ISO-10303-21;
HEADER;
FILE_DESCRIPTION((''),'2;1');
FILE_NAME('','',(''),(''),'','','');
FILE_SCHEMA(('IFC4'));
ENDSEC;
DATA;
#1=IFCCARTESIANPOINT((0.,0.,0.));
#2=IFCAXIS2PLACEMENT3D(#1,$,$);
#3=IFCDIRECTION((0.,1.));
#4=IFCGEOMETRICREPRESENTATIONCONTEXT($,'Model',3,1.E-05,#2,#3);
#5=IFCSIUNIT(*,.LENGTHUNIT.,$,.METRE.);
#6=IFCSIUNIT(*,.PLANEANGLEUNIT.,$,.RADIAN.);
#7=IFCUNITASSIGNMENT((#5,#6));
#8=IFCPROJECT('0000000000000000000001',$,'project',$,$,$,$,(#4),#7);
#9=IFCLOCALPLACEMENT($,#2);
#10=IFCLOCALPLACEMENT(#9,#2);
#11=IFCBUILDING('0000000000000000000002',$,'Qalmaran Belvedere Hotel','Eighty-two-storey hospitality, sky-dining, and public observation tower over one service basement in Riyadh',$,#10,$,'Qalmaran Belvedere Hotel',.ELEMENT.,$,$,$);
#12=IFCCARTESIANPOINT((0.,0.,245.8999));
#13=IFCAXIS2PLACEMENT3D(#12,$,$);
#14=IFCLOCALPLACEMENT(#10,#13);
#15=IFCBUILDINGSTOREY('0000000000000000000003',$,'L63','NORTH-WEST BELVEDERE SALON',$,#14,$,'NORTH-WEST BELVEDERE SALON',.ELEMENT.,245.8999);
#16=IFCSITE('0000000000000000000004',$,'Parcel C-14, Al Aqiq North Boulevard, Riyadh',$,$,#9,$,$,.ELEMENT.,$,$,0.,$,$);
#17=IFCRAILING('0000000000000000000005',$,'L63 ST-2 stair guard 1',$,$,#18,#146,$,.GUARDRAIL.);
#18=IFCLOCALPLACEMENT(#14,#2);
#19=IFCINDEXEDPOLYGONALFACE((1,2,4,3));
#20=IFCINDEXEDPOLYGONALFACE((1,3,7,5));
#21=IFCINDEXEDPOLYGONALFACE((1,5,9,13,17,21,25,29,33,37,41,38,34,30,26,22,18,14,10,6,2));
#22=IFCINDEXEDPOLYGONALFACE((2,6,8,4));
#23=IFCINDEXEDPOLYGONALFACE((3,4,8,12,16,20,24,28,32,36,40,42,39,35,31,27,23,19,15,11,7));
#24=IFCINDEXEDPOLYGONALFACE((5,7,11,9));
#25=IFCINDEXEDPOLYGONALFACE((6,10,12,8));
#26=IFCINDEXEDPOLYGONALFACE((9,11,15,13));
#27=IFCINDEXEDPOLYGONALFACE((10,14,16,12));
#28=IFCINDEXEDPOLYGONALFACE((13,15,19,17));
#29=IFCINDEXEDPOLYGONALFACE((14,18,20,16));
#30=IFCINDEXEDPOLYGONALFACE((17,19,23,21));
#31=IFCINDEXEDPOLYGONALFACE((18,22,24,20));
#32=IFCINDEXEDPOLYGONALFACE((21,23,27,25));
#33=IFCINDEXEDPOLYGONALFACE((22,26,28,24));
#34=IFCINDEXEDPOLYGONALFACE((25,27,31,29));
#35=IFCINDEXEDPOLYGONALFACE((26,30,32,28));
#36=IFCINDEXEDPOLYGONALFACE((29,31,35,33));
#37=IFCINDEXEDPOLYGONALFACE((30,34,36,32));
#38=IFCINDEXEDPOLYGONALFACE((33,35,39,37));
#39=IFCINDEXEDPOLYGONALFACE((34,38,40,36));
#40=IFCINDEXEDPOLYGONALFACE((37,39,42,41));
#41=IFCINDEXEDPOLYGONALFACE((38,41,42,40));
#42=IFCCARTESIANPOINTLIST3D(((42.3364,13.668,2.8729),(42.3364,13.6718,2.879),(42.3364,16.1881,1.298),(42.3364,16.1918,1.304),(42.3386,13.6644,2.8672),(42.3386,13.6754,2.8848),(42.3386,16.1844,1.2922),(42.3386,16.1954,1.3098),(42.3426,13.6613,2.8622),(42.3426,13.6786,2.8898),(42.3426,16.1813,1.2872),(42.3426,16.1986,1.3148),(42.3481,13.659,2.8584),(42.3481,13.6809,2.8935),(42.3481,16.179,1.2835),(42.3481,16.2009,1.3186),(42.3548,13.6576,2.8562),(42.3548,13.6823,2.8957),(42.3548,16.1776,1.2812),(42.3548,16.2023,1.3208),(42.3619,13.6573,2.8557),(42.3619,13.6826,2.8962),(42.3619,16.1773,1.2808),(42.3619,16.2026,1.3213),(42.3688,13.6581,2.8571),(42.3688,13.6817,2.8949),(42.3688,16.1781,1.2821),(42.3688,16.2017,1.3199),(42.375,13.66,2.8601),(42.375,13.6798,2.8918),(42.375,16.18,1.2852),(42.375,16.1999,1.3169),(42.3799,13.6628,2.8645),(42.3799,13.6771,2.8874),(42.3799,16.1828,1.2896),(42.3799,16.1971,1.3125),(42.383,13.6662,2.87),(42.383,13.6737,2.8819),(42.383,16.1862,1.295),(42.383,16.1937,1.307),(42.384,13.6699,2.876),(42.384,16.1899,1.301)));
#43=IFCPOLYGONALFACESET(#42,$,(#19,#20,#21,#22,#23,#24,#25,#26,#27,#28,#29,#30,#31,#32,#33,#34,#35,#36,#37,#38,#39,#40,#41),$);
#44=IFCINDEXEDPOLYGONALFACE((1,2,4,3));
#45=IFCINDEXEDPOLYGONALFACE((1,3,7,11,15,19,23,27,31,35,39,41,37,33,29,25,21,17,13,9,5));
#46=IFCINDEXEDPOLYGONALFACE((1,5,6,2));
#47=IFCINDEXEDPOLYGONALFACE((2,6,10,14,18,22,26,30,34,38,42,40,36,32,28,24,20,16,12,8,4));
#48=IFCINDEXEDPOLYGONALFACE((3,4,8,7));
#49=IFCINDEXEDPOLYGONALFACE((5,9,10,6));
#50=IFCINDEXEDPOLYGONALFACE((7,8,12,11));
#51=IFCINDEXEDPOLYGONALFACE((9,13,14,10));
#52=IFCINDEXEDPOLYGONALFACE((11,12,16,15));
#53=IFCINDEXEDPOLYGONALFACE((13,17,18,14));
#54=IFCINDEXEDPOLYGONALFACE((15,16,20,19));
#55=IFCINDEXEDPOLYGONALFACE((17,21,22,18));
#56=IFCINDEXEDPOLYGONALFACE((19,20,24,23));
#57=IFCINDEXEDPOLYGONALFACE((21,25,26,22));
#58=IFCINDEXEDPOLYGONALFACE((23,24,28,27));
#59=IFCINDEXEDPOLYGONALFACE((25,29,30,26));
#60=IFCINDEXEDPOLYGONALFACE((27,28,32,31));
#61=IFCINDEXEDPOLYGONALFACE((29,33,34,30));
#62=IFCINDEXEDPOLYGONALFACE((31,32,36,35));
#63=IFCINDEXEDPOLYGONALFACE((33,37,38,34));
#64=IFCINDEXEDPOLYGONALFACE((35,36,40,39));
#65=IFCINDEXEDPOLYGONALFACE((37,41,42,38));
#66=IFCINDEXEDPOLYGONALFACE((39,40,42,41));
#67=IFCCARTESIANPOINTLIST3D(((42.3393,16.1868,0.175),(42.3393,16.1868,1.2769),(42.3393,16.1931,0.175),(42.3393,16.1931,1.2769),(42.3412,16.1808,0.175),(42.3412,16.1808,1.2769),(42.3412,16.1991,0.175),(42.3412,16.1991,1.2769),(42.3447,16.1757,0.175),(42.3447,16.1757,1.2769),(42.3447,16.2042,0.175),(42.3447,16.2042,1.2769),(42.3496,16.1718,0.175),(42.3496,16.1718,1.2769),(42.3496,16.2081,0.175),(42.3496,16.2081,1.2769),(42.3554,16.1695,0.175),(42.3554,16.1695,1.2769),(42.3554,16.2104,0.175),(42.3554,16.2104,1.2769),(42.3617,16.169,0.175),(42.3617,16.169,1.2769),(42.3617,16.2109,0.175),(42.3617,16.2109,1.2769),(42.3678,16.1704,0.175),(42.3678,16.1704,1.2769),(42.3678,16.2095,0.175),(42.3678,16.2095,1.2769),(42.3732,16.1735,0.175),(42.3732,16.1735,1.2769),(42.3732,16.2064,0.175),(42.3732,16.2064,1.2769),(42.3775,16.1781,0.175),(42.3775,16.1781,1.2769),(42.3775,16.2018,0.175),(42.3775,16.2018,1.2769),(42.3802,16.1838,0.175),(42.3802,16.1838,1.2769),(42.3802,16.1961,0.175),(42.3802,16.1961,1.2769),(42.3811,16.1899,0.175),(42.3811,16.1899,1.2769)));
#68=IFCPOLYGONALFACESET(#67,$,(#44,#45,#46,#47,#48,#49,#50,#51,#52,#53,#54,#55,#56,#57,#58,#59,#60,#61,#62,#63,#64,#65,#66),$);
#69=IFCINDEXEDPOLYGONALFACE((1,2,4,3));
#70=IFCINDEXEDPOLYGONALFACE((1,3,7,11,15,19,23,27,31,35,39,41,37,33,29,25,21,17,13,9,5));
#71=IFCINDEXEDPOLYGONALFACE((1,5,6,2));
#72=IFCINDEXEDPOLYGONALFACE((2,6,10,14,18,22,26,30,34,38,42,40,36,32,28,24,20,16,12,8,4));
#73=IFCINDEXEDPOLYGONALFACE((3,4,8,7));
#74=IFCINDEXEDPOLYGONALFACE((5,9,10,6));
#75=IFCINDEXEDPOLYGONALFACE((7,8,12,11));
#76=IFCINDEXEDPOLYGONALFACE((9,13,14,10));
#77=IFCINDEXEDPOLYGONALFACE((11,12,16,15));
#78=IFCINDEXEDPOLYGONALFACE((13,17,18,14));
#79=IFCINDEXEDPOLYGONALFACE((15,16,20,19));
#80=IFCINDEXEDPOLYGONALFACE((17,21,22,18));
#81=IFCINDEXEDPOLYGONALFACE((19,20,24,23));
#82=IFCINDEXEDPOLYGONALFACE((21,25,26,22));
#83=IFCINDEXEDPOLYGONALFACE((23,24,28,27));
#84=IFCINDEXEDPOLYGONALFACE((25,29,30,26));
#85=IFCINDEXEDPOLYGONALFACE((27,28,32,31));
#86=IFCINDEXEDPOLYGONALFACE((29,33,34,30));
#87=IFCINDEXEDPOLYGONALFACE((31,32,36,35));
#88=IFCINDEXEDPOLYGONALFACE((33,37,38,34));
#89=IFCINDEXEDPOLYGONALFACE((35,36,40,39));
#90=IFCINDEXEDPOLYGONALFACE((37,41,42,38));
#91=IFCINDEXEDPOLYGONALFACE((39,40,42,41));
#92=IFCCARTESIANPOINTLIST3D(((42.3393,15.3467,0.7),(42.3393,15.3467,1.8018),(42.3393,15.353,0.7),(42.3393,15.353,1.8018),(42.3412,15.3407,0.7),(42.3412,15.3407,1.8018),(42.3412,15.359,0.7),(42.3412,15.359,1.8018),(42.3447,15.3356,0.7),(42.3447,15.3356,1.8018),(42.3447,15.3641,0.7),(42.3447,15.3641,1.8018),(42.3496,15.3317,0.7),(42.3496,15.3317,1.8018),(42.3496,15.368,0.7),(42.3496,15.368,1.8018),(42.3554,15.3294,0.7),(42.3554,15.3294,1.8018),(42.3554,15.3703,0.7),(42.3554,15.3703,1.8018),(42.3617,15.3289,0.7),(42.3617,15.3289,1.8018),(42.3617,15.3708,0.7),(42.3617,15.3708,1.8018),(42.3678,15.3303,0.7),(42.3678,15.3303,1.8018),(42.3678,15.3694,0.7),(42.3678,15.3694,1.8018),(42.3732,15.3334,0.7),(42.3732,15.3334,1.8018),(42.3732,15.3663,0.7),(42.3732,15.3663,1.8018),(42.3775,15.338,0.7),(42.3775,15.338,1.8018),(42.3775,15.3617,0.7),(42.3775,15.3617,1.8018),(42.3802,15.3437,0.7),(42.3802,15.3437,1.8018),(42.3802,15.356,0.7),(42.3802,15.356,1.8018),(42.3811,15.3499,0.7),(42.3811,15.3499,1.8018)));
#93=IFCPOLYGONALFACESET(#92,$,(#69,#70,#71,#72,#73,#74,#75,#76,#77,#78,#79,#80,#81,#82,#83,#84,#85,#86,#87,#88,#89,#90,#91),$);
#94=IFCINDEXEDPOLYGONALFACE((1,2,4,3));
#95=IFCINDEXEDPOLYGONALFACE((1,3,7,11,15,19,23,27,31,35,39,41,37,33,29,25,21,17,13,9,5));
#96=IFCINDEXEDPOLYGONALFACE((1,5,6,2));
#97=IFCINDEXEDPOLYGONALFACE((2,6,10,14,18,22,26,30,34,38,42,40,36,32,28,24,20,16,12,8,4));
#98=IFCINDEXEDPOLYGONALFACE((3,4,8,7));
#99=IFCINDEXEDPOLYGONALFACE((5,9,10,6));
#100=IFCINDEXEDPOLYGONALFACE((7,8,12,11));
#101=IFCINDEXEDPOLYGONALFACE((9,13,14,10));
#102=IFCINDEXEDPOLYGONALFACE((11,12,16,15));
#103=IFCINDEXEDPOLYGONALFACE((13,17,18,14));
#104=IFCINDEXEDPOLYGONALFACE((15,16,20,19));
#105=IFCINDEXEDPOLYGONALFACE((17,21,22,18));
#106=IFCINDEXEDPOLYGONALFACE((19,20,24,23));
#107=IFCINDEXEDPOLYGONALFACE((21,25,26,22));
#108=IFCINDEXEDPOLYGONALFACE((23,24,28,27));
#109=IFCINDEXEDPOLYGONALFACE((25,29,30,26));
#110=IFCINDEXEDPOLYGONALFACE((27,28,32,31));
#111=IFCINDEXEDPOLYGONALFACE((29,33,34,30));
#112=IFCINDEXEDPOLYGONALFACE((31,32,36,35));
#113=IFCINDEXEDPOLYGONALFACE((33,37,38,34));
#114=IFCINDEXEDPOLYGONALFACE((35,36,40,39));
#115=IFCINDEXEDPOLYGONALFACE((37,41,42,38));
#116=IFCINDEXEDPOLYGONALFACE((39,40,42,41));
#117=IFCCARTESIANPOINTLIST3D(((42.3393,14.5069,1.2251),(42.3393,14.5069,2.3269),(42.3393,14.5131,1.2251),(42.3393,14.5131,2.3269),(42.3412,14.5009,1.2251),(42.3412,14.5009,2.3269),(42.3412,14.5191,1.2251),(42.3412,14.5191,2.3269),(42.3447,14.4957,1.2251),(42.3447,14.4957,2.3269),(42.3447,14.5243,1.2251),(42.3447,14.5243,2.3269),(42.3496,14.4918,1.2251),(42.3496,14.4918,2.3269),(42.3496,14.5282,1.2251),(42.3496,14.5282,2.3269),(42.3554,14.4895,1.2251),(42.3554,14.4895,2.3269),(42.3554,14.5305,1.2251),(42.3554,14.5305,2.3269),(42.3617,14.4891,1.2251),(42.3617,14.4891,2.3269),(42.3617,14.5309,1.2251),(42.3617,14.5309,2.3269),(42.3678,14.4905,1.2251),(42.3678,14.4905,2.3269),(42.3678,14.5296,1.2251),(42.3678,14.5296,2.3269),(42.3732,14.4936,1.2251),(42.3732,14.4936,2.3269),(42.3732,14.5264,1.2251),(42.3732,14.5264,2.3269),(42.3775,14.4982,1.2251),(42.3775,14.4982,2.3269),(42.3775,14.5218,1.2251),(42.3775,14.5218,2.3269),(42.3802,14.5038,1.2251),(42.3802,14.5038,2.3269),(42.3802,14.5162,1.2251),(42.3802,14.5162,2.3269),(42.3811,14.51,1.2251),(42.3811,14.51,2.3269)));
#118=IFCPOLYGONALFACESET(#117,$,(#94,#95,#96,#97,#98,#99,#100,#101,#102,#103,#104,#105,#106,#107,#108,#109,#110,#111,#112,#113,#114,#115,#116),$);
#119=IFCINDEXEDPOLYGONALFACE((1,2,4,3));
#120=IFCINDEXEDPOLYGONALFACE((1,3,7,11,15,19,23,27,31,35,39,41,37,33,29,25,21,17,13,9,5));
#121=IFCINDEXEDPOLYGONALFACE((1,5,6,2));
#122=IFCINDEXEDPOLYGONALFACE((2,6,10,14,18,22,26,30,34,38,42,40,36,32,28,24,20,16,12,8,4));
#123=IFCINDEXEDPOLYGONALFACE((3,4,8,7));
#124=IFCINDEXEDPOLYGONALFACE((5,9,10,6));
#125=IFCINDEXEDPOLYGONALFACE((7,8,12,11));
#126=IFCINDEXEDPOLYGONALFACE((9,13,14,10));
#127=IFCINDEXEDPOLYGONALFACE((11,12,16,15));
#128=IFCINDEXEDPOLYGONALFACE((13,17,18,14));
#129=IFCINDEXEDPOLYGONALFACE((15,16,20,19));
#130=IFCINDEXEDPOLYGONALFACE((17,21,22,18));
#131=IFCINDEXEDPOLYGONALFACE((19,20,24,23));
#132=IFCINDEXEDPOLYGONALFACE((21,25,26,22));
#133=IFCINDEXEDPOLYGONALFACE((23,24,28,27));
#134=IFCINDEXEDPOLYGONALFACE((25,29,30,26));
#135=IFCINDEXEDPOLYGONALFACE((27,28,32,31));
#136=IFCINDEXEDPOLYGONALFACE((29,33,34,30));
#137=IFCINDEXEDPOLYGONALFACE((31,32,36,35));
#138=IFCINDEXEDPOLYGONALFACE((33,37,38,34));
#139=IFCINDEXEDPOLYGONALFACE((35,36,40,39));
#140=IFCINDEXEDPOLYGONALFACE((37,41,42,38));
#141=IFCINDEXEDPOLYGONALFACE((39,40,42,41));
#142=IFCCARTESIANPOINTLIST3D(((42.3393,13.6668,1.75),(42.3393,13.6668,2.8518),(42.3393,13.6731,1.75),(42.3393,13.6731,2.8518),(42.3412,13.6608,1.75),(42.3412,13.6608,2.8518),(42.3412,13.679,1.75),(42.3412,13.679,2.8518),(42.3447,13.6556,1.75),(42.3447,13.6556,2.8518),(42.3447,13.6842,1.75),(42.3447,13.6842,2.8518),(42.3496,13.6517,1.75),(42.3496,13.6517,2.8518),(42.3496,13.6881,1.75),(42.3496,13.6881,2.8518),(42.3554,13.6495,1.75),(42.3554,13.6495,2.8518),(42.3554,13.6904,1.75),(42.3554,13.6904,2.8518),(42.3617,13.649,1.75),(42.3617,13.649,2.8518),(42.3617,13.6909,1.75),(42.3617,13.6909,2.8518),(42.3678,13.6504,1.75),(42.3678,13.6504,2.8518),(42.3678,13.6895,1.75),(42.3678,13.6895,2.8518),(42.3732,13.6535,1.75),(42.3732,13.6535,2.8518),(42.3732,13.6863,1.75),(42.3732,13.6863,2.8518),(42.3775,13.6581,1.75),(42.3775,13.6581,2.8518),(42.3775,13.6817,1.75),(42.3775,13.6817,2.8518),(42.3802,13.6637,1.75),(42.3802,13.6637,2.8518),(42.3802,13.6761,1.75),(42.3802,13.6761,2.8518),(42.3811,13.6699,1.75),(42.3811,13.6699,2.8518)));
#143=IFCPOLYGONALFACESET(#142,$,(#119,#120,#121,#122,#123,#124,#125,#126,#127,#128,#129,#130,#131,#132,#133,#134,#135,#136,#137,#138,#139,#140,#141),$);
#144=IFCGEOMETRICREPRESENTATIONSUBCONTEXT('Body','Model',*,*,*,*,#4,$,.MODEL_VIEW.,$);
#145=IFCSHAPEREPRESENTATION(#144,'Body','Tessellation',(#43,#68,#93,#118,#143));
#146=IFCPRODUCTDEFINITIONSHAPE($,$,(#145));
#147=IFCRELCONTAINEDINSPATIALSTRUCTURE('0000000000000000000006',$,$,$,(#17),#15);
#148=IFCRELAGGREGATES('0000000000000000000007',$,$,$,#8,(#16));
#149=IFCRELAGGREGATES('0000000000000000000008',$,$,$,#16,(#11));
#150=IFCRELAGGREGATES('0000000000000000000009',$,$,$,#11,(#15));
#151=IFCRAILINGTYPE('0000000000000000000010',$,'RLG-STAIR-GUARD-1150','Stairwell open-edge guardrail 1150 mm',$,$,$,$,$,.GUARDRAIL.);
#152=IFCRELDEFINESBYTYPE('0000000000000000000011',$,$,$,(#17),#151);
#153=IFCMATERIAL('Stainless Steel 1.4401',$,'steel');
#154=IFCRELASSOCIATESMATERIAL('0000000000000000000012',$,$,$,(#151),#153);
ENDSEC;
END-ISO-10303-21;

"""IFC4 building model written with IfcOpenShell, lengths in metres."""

from ifc_helpers import new_model, si_unit, direction, frame, origin, origin_2d, place, context, subcontext, project, spatial, circle, extrude, material, type_object, element, save


model = new_model("IFC4")

# Units and contexts
model_context = context("Model", 3, precision=1e-05, world=origin(), true_north=direction((0.0, 1.0)))
body_context = subcontext(model_context, "Body", "Model", "MODEL_VIEW")
ifc_project = project(units=[si_unit("LENGTHUNIT", "METRE"), si_unit("PLANEANGLEUNIT", "RADIAN")], contexts=[model_context])

# Site, building, storey
site_placement = place(None, origin())
site = spatial("IfcSite", under=ifc_project, at=site_placement, Name="Parcel C-14, Al Aqiq North Boulevard, Riyadh", CompositionType="ELEMENT", RefElevation=0.0)
building_placement = place(site_placement, origin())
building = spatial("IfcBuilding", under=site, at=building_placement, Name="Qalmaran Belvedere Hotel", Description="Eighty-two-storey hospitality, sky-dining, and public observation tower over one service basement in Riyadh", LongName="Qalmaran Belvedere Hotel", CompositionType="ELEMENT")
storey_placement = place(building_placement, frame((0.0, 0.0, 245.8999)))
storey = spatial("IfcBuildingStorey", under=building, at=storey_placement, Name="L63", Description="NORTH-WEST BELVEDERE SALON", LongName="NORTH-WEST BELVEDERE SALON", CompositionType="ELEMENT", Elevation=245.8999)

# Railing
ifc_material_1 = material(Name="Stainless Steel 1.4401", Category="steel")
railing_type_1 = type_object("IfcRailingType", Name="RLG-STAIR-GUARD-1150", Description="Stairwell open-edge guardrail 1150 mm", PredefinedType="GUARDRAIL", material=ifc_material_1)
railing_1_placement = place(storey_placement, frame((42.3601, 16.1899, 0.175)))
element("IfcRailing", 1, at=railing_1_placement, inside=storey, type_object=railing_type_1, Name="L63 ST-2 stair guard 1", PredefinedType="GUARDRAIL", context=body_context, shape_type="SweptSolid", body=[
    extrude(circle(Radius=0.0239, at=origin_2d()), frame((0.0, 0.0, 1.126), z_axis=(0.0, -0.848008, 0.529984), x_axis=(1.0, 0.0, 0.0)), (0.0, 0.0, 1.0), 2.9717),
    extrude(circle(Radius=0.021, at=origin_2d()), origin(), (0.0, 0.0, 1.0), 1.1018),
    extrude(circle(Radius=0.021, at=origin_2d()), frame((0.0, -0.8401, 0.5249)), (0.0, 0.0, 1.0), 1.1018),
    extrude(circle(Radius=0.021, at=origin_2d()), frame((0.0, -1.6799, 1.05)), (0.0, 0.0, 1.0), 1.1018),
    extrude(circle(Radius=0.021, at=origin_2d()), frame((0.0, -2.52, 1.575)), (0.0, 0.0, 1.0), 1.1018),
])

save(model, "model.ifc")
